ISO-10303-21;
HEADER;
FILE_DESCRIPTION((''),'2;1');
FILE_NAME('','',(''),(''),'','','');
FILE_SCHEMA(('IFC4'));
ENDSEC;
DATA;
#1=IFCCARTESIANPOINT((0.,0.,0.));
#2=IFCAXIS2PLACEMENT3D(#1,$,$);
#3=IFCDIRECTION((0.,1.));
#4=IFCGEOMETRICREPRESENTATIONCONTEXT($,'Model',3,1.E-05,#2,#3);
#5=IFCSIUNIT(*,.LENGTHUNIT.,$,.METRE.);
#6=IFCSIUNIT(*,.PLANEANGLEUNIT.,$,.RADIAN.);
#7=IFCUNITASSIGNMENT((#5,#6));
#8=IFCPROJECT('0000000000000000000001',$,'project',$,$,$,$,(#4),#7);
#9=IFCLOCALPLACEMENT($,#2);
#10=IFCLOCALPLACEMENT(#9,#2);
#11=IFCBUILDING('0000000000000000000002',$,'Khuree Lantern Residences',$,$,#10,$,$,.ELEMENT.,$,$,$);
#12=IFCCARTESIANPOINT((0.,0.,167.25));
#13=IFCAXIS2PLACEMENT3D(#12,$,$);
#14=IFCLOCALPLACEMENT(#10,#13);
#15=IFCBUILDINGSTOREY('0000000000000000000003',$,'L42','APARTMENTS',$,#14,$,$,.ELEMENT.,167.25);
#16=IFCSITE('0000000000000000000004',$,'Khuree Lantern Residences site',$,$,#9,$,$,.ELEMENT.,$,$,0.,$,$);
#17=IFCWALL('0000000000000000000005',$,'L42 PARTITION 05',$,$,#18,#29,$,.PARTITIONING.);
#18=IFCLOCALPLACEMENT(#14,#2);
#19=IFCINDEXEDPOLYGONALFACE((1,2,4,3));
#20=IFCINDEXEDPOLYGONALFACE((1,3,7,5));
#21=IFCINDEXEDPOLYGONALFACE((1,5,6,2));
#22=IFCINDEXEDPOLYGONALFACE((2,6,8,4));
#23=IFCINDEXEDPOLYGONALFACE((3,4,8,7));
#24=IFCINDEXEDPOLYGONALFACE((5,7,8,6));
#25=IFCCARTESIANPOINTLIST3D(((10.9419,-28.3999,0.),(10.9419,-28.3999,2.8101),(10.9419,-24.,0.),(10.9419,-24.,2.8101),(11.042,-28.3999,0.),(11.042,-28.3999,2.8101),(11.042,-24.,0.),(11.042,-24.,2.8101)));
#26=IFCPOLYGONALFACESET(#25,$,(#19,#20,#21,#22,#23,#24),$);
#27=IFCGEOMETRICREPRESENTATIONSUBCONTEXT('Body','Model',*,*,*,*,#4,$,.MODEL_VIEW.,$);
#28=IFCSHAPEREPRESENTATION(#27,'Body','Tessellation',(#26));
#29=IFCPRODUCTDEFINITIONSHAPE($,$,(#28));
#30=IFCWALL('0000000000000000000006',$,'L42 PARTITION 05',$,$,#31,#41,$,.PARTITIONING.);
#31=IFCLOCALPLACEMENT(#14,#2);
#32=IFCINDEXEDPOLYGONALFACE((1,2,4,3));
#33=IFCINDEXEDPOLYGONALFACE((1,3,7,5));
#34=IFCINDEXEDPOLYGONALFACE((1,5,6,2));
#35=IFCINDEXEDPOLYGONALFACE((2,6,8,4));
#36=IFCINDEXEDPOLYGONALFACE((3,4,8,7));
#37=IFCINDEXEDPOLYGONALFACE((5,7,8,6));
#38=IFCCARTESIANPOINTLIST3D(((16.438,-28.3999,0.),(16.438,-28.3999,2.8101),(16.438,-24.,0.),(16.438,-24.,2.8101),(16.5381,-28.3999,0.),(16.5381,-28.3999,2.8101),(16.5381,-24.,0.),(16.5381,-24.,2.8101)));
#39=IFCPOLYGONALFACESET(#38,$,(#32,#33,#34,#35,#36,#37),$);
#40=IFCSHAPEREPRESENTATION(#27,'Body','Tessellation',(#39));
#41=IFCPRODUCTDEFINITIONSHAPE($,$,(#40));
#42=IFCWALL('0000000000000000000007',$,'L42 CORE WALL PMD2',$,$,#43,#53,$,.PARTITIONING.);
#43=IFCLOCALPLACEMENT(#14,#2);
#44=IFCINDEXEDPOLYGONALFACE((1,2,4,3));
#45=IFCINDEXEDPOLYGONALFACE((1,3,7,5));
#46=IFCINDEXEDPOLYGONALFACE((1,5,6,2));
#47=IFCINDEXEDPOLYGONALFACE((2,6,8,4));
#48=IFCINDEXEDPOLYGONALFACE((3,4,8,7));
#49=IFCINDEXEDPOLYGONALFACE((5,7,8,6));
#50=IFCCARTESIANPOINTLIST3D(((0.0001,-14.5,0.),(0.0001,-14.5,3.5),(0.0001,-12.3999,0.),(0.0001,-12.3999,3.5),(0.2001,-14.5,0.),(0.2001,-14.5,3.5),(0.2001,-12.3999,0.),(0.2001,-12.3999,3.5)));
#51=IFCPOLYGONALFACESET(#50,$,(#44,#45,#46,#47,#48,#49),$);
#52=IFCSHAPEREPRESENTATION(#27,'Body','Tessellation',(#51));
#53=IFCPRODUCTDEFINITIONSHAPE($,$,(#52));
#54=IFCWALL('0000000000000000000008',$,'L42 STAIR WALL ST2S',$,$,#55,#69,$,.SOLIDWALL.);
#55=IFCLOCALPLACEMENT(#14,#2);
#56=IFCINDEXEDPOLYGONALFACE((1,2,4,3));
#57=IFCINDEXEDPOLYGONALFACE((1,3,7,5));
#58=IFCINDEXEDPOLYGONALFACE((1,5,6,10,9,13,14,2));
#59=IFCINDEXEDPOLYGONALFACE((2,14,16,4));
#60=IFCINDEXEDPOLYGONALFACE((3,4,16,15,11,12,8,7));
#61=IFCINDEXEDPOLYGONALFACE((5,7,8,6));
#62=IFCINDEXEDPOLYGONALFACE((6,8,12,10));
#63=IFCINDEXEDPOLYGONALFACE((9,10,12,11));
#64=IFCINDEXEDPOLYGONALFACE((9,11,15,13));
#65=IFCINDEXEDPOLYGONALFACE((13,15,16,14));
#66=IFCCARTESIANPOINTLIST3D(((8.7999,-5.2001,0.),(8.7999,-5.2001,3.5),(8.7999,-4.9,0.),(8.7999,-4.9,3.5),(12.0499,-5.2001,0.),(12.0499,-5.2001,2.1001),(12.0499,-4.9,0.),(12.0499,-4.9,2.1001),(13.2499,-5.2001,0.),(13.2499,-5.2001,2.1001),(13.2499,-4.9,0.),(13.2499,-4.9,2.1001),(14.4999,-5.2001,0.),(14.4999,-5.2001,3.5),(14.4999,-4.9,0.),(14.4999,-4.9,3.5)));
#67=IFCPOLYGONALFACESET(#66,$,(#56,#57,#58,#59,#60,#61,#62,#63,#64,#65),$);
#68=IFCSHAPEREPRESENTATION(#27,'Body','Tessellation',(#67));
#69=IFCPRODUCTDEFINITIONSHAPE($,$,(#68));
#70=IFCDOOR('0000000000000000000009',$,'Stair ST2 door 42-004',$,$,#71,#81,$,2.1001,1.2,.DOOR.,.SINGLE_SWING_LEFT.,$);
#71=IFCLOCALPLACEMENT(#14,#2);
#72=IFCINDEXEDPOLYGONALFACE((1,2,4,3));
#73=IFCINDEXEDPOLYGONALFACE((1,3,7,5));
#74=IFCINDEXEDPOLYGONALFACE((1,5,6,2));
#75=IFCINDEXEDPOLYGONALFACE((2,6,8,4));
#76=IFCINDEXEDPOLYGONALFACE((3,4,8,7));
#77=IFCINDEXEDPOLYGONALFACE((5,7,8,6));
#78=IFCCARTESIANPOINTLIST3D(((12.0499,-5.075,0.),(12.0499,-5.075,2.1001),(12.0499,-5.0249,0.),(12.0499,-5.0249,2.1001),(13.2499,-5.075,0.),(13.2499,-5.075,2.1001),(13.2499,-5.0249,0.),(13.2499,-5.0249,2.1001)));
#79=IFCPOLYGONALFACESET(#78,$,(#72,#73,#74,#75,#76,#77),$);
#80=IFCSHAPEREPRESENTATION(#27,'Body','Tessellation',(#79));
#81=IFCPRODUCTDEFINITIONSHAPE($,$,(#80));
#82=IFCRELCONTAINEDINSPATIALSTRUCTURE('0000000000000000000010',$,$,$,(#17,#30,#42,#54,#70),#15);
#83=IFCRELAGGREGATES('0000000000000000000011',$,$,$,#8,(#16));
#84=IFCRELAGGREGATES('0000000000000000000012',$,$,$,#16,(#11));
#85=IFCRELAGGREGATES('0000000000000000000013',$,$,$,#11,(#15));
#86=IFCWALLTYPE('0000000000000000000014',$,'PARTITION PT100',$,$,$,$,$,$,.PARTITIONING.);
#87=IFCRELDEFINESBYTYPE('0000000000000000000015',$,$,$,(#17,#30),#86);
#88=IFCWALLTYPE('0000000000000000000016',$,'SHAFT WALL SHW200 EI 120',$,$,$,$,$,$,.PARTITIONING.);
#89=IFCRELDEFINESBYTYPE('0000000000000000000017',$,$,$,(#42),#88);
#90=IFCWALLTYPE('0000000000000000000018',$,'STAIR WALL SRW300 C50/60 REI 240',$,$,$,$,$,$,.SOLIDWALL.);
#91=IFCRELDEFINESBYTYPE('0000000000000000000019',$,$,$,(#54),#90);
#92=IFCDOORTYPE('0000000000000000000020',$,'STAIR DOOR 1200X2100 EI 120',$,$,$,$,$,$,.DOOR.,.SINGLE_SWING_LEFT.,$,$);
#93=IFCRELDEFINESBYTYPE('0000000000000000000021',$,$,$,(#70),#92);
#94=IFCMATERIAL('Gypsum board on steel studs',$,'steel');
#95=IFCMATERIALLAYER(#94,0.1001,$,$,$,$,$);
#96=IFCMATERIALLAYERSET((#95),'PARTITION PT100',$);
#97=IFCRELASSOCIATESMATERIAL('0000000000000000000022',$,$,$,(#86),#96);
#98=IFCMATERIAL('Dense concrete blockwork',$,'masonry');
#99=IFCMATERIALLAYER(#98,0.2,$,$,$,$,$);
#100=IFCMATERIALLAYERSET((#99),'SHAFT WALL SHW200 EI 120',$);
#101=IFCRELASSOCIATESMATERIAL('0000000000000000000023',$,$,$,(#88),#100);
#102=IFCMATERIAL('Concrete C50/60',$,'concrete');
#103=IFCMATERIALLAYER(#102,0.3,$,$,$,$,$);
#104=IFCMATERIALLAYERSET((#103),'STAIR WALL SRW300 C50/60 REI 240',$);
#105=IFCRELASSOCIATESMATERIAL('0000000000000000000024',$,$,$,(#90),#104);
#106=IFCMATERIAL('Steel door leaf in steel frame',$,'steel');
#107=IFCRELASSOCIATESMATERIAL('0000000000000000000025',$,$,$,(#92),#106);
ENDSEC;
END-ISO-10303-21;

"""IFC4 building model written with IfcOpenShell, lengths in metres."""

from ifc_helpers import new_model, si_unit, direction, frame, frame_2d, origin, place, context, subcontext, project, spatial, rectangle, extrude, material, layer, layer_set, type_object, element, fill, save


model = new_model("IFC4")

# Units and contexts
model_context = context("Model", 3, precision=1e-05, world=origin(), true_north=direction((0.0, 1.0)))
body_context = subcontext(model_context, "Body", "Model", "MODEL_VIEW")
ifc_project = project(units=[si_unit("LENGTHUNIT", "METRE"), si_unit("PLANEANGLEUNIT", "RADIAN")], contexts=[model_context])

# Site, building, storey
site_placement = place(None, origin())
site = spatial("IfcSite", under=ifc_project, at=site_placement, Name="Khuree Lantern Residences site", CompositionType="ELEMENT", RefElevation=0.0)
building_placement = place(site_placement, origin())
building = spatial("IfcBuilding", under=site, at=building_placement, Name="Khuree Lantern Residences", CompositionType="ELEMENT")
storey_placement = place(building_placement, frame((0.0, 0.0, 167.25)))
storey = spatial("IfcBuildingStorey", under=building, at=storey_placement, Name="L42", Description="APARTMENTS", CompositionType="ELEMENT", Elevation=167.25)

# Shared definitions
ifc_material_1 = material(Name="Dense concrete blockwork", Category="masonry")

# Shared definitions
ifc_material_2 = material(Name="Gypsum board on steel studs", Category="steel")

# Shared definitions
ifc_material_3 = material(Name="Steel door leaf in steel frame", Category="steel")

# Walls
ifc_layer_1 = layer(ifc_material_2, 0.1001)
ifc_layer_set_1 = layer_set([ifc_layer_1], Name="PARTITION PT100")
wall_type_1 = type_object("IfcWallType", Name="PARTITION PT100", PredefinedType="PARTITIONING", material=ifc_layer_set_1)
for number, where, z_axis, x_axis, name in (
    (1, (10.9919, -24.0, 0.0), (0.0, 0.0, 1.0), (0.0, -1.0, 0.0), "L42 PARTITION 05"),
    (2, (16.488, -24.0, 0.0), (0.0, 0.0, 1.0), (0.0, -1.0, 0.0), "L42 PARTITION 05"),
):
    element("IfcWall", number, at=place(storey_placement, frame(where, z_axis=z_axis, x_axis=x_axis)), inside=storey, type_object=wall_type_1, Name=name, PredefinedType="PARTITIONING", context=body_context, shape_type="SweptSolid", body=[
        extrude(rectangle(XDim=4.3999, YDim=0.1001, at=frame_2d((2.2, 0.0))), origin(), (0.0, 0.0, 1.0), 2.8101),
    ])
ifc_layer_2 = layer(ifc_material_1, 0.2)
ifc_layer_set_2 = layer_set([ifc_layer_2], Name="SHAFT WALL SHW200 EI 120")
wall_type_2 = type_object("IfcWallType", Name="SHAFT WALL SHW200 EI 120", PredefinedType="PARTITIONING", material=ifc_layer_set_2)
wall_1_placement = place(storey_placement, frame((0.1001, -14.5, 0.0), z_axis=(0.0, 0.0, 1.0), x_axis=(0.0, 1.0, 0.0)))
element("IfcWall", 3, at=wall_1_placement, inside=storey, type_object=wall_type_2, Name="L42 CORE WALL PMD2", PredefinedType="PARTITIONING", context=body_context, shape_type="SweptSolid", body=[
    extrude(rectangle(XDim=2.1001, YDim=0.2, at=frame_2d((1.05, 0.0))), origin(), (0.0, 0.0, 1.0), 3.5),
])

# Wall, opening, door
ifc_material_4 = material(Name="Concrete C50/60", Category="concrete")
ifc_layer_3 = layer(ifc_material_4, 0.3)
ifc_layer_set_3 = layer_set([ifc_layer_3], Name="STAIR WALL SRW300 C50/60 REI 240")
wall_type_3 = type_object("IfcWallType", Name="STAIR WALL SRW300 C50/60 REI 240", PredefinedType="SOLIDWALL", material=ifc_layer_set_3)
wall_2_placement = place(storey_placement, frame((14.5, -5.05, 0.0), z_axis=(0.0, 0.0, 1.0), x_axis=(-1.0, 0.0, 0.0)))
wall_2 = element("IfcWall", 4, at=wall_2_placement, inside=storey, type_object=wall_type_3, Name="L42 STAIR WALL ST2S", PredefinedType="SOLIDWALL", context=body_context, shape_type="SweptSolid", body=[
    extrude(rectangle(XDim=5.7, YDim=0.3, at=frame_2d((2.8501, 0.0))), origin(), (0.0, 0.0, 1.0), 3.5),
])
opening_1_placement = place(wall_2_placement, frame((1.25, 0.0, 0.0)))
opening_1 = element("IfcOpeningElement", 5, at=opening_1_placement, cuts=wall_2, PredefinedType="OPENING", context=body_context, shape_type="SweptSolid", body=[
    extrude(rectangle(XDim=1.2, YDim=2.1001, at=frame_2d((0.6001, 1.05))), frame((0.0, 0.1602, 0.0), z_axis=(0.0, -1.0, 0.0), x_axis=(1.0, 0.0, 0.0)), (0.0, 0.0, 1.0), 0.3201),
])
door_type_1 = type_object("IfcDoorType", Name="STAIR DOOR 1200X2100 EI 120", OperationType="SINGLE_SWING_LEFT", PredefinedType="DOOR", material=ifc_material_3)
door_1_placement = place(opening_1_placement, origin())
door_1 = element("IfcDoor", 6, at=door_1_placement, inside=storey, type_object=door_type_1, Name="Stair ST2 door 42-004", OperationType="SINGLE_SWING_LEFT", OverallHeight=2.1001, OverallWidth=1.2, PredefinedType="DOOR", context=body_context, shape_type="SweptSolid", body=[
    extrude(rectangle(XDim=1.2, YDim=2.1001, at=frame_2d((0.6001, 1.05))), frame((0.0, 0.0249, 0.0), z_axis=(0.0, -1.0, 0.0), x_axis=(1.0, 0.0, 0.0)), (0.0, 0.0, 1.0), 0.05),
])
fill(opening_1, door_1)

save(model, "model.ifc")
